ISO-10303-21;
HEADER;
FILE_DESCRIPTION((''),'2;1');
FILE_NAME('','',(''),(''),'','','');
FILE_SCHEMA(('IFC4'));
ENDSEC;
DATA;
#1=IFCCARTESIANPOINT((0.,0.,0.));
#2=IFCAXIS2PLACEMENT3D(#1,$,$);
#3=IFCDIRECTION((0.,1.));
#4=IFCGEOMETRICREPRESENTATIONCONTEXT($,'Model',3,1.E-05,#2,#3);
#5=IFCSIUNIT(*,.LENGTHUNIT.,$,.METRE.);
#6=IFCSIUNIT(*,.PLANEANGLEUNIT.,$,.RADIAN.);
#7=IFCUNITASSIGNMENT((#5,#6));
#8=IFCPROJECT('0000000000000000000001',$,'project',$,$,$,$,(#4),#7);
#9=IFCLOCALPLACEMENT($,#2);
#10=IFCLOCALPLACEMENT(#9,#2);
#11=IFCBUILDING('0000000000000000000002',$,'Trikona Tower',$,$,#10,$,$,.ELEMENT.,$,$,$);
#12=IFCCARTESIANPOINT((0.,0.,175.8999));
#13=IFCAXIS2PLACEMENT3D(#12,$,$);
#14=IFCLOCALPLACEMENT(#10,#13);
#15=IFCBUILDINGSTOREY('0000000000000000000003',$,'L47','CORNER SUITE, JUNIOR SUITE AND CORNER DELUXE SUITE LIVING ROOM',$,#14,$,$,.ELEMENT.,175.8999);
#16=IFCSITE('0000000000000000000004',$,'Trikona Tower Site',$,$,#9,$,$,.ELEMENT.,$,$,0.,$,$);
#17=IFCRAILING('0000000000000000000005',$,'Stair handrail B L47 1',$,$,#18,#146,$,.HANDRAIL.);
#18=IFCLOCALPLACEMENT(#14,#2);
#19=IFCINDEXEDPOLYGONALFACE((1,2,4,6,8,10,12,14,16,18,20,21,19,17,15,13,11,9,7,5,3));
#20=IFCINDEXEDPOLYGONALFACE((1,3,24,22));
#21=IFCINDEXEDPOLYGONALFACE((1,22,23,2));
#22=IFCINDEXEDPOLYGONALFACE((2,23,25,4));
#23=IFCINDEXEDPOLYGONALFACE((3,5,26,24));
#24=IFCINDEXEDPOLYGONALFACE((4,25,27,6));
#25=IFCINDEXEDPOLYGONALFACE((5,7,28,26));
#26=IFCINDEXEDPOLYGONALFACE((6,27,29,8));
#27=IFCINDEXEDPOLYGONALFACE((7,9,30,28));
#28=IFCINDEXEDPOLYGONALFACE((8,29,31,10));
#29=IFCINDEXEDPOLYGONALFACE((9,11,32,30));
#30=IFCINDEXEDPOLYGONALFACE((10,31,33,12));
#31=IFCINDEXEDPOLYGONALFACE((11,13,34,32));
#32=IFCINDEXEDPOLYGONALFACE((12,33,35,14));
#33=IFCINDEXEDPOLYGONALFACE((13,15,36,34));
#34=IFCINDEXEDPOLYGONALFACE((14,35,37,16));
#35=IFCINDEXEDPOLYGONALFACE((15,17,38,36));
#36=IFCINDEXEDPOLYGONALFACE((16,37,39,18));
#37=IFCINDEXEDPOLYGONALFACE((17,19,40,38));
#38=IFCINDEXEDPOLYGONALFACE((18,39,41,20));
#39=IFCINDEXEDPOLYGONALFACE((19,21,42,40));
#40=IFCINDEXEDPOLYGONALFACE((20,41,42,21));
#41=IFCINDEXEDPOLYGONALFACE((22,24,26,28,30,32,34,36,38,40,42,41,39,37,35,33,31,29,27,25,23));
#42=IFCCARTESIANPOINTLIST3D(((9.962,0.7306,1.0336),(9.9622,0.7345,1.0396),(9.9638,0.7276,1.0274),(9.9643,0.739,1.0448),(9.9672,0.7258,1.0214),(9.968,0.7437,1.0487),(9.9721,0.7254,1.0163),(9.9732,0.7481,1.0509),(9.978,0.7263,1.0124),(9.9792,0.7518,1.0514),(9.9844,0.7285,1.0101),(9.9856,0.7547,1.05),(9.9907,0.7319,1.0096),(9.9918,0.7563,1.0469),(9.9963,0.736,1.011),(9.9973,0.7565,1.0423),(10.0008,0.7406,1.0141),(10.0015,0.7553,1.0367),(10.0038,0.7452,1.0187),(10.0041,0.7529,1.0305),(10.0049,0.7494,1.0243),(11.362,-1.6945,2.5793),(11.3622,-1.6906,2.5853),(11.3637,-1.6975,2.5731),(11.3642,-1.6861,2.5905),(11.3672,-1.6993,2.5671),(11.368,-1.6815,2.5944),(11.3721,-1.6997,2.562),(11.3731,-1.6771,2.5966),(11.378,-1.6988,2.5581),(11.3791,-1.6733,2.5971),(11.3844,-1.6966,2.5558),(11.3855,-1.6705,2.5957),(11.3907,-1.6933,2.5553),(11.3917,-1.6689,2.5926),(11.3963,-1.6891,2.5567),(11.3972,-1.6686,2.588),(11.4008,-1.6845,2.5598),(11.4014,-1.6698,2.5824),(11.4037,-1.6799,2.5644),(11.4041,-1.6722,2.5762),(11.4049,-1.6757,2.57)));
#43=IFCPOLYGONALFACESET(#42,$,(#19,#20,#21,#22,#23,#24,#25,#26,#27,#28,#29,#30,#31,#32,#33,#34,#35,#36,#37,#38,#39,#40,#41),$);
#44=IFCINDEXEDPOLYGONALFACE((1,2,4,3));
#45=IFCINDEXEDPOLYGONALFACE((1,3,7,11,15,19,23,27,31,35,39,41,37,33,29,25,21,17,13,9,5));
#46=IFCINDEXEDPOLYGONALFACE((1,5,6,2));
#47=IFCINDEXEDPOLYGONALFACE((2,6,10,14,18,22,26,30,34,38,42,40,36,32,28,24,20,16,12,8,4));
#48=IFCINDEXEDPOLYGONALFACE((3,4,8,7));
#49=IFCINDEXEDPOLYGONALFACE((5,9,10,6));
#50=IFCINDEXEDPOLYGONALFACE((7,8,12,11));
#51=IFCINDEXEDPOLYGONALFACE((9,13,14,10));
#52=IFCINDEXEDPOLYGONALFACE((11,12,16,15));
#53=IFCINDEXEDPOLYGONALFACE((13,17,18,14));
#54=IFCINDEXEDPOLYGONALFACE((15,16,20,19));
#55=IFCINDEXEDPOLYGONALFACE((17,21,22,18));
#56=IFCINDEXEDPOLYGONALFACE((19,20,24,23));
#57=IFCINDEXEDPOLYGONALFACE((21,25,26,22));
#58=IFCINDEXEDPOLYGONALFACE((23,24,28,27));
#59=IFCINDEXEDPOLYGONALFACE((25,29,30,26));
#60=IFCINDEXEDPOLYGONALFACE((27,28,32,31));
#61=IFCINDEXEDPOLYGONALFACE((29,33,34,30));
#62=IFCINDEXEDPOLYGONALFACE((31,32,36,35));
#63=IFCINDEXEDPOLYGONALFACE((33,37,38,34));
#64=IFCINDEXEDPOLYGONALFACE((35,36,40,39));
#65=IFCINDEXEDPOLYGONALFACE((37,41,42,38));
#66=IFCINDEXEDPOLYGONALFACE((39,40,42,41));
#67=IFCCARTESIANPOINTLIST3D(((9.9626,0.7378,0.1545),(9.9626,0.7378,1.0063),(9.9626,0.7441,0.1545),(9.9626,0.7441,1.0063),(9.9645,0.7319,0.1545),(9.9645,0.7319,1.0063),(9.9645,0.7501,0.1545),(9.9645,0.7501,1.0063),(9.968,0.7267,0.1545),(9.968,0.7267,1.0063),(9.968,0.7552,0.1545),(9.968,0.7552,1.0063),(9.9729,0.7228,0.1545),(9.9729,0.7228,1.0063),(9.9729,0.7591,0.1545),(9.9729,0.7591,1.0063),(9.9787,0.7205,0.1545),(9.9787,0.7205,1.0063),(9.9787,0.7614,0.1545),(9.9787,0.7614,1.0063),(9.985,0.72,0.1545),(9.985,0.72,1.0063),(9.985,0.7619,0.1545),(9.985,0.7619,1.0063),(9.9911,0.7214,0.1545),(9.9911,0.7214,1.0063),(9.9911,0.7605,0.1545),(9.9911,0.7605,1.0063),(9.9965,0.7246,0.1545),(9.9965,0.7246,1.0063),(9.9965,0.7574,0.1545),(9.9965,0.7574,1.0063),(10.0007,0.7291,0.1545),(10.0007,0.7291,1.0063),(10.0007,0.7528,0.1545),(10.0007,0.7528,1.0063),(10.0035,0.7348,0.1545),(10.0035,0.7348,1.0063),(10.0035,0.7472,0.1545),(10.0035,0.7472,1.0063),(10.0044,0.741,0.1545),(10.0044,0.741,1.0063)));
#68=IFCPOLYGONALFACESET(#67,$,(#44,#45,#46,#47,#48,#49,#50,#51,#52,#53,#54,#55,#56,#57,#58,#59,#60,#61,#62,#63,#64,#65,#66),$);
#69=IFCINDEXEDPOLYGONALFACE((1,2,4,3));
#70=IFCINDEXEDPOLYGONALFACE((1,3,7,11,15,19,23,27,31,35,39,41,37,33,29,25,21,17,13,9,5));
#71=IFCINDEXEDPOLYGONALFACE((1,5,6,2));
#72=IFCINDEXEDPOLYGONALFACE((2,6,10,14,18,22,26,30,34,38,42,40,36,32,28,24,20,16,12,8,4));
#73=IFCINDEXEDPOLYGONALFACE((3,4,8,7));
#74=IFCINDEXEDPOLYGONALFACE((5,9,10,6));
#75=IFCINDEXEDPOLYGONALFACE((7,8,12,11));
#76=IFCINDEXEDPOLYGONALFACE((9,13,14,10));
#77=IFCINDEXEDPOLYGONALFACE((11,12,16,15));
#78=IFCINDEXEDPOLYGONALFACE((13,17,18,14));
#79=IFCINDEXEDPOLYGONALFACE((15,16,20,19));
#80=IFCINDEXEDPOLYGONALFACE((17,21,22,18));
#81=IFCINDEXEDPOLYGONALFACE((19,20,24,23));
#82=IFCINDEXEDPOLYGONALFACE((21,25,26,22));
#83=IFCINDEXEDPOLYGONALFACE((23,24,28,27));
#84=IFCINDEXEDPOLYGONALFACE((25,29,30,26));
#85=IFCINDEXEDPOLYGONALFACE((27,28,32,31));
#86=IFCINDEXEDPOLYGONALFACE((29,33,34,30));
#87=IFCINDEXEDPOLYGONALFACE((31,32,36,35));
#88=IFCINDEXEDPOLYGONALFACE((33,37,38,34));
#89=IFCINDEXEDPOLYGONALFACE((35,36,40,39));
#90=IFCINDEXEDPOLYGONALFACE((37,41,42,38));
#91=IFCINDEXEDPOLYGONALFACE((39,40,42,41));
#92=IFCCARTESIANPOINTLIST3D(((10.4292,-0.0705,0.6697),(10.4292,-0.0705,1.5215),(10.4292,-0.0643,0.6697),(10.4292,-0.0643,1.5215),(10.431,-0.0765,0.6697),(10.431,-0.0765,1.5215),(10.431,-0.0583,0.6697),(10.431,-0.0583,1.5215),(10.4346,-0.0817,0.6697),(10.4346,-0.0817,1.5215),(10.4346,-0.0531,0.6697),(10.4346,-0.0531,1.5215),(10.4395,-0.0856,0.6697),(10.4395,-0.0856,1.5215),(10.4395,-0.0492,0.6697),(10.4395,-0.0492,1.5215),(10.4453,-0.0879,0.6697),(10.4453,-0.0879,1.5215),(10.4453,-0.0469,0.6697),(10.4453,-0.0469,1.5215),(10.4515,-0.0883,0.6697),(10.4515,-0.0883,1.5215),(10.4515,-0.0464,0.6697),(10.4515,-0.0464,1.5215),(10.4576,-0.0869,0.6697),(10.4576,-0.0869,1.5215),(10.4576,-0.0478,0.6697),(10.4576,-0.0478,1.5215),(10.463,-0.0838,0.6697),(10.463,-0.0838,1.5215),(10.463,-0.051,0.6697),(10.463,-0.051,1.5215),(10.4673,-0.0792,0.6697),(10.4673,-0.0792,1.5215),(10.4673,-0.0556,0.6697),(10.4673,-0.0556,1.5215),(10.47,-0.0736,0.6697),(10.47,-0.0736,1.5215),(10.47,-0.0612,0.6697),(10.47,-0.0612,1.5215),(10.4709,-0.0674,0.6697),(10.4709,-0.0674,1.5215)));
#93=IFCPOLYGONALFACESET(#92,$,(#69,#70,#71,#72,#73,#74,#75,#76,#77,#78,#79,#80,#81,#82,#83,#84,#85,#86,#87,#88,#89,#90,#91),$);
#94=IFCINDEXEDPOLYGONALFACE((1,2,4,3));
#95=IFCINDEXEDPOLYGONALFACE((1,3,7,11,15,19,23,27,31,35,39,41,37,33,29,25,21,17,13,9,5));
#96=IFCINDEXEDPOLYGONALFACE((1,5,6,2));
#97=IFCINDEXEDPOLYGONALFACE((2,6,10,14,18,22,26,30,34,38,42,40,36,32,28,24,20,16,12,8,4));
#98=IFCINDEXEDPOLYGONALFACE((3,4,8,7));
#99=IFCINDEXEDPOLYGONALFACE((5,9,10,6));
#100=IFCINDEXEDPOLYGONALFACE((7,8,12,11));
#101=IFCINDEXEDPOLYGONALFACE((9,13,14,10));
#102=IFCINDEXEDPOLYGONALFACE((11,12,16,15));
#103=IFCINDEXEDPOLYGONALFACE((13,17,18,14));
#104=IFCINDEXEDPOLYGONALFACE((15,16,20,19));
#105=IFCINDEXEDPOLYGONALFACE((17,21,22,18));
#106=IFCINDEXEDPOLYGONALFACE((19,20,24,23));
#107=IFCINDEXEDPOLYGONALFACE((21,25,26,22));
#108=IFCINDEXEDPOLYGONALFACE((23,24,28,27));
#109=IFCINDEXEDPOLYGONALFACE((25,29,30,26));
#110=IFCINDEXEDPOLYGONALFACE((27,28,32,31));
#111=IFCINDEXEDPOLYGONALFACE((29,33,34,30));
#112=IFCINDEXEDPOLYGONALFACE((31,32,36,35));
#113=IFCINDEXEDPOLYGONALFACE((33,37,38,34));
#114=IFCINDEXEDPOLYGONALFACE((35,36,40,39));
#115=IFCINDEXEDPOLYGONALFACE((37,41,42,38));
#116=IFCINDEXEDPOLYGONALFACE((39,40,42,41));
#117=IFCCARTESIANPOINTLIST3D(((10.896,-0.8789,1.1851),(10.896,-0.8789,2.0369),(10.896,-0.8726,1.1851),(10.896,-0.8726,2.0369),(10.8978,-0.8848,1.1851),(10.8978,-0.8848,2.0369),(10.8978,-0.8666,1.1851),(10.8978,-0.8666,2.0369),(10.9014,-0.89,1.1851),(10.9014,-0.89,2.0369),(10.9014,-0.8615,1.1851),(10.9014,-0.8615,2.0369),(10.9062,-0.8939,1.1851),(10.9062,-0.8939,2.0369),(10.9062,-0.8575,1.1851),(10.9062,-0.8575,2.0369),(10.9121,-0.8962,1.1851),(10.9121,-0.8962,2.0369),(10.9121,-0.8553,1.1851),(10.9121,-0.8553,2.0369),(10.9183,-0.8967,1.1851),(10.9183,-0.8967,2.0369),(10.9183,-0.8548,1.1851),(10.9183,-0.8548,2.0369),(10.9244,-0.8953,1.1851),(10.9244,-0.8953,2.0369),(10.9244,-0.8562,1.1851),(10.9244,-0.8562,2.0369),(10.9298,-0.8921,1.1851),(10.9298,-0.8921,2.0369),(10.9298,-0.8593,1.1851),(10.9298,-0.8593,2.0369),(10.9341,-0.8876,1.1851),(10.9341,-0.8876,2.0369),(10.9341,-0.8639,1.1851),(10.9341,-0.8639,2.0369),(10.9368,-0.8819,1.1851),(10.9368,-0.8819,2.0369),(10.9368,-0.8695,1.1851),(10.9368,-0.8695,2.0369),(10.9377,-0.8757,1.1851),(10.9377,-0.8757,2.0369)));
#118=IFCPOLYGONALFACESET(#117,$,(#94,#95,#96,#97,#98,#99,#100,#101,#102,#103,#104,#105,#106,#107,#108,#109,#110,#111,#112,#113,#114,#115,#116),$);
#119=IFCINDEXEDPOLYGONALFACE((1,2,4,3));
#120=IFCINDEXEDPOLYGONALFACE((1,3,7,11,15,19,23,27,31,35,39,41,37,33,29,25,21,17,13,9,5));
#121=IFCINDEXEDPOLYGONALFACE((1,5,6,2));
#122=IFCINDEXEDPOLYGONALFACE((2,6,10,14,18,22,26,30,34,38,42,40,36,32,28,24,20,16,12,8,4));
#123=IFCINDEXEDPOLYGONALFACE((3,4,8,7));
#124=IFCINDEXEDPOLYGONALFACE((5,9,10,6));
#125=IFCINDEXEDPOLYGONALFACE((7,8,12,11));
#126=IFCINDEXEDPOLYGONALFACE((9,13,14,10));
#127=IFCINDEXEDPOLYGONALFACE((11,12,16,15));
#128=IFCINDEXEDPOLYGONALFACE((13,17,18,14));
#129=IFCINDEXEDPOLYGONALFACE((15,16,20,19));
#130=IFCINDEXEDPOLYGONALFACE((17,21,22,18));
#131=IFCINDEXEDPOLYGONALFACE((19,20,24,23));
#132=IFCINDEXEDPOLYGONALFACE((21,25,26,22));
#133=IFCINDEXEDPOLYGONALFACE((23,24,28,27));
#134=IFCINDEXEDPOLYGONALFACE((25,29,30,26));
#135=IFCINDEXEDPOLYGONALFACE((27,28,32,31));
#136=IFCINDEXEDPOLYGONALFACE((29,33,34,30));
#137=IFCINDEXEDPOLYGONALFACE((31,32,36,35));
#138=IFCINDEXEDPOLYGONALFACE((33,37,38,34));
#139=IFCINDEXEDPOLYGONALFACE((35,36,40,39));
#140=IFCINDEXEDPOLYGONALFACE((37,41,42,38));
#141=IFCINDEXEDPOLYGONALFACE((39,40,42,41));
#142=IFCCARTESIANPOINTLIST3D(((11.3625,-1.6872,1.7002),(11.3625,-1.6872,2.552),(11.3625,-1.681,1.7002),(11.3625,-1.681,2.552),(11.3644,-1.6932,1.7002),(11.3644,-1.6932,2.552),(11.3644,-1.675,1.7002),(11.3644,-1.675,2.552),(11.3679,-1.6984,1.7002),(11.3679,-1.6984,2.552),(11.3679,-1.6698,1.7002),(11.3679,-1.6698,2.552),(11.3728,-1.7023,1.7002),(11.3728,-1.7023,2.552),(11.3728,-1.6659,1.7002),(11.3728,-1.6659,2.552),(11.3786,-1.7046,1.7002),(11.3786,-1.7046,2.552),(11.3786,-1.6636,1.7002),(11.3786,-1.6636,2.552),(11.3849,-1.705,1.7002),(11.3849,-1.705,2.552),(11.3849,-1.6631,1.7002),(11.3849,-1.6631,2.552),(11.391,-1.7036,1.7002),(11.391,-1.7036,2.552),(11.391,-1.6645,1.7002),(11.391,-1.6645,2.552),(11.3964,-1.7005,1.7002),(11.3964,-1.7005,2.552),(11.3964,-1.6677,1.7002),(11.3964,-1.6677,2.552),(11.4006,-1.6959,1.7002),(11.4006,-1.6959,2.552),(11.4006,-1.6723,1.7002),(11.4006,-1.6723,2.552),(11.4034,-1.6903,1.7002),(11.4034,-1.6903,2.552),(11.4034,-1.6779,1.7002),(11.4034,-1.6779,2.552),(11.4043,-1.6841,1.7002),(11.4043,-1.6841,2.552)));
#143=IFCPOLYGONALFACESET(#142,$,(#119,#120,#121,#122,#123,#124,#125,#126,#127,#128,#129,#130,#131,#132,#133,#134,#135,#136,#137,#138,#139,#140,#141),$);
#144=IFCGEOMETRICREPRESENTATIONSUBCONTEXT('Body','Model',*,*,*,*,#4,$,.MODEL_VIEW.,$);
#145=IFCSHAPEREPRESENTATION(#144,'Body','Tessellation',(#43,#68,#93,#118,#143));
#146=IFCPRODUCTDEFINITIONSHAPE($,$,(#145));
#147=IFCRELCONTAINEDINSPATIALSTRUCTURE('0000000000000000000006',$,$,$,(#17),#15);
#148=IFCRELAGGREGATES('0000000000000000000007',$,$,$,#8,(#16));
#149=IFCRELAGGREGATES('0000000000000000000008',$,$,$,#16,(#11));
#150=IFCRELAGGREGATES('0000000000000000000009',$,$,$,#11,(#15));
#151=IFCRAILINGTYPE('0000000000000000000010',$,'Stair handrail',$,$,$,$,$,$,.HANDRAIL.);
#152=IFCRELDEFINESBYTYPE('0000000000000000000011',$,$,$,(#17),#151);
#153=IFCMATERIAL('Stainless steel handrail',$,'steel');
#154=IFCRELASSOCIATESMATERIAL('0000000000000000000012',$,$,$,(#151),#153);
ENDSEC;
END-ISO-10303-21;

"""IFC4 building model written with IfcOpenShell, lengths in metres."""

from ifc_helpers import new_model, si_unit, direction, frame, origin, origin_2d, place, context, subcontext, project, spatial, circle, extrude, material, type_object, element, save


model = new_model("IFC4")

# Units and contexts
model_context = context("Model", 3, precision=1e-05, world=origin(), true_north=direction((0.0, 1.0)))
body_context = subcontext(model_context, "Body", "Model", "MODEL_VIEW")
ifc_project = project(units=[si_unit("LENGTHUNIT", "METRE"), si_unit("PLANEANGLEUNIT", "RADIAN")], contexts=[model_context])

# Site, building, storey
site_placement = place(None, origin())
site = spatial("IfcSite", under=ifc_project, at=site_placement, Name="Trikona Tower Site", CompositionType="ELEMENT", RefElevation=0.0)
building_placement = place(site_placement, origin())
building = spatial("IfcBuilding", under=site, at=building_placement, Name="Trikona Tower", CompositionType="ELEMENT")
storey_placement = place(building_placement, frame((0.0, 0.0, 175.8999)))
storey = spatial("IfcBuildingStorey", under=building, at=storey_placement, Name="L47", Description="CORNER SUITE, JUNIOR SUITE AND CORNER DELUXE SUITE LIVING ROOM", CompositionType="ELEMENT", Elevation=175.8999)

# Railing
ifc_material_1 = material(Name="Stainless steel handrail", Category="steel")
railing_type = type_object("IfcRailingType", Name="Stair handrail", PredefinedType="HANDRAIL", material=ifc_material_1)
railing_placement = place(storey_placement, frame((9.9834, 0.741, 0.1545)))
element("IfcRailing", 1, at=railing_placement, inside=storey, type_object=railing_type, Name="Stair handrail B L47 1", PredefinedType="HANDRAIL", context=body_context, shape_type="SweptSolid", body=[
    extrude(circle(Radius=0.0239, at=origin_2d()), frame((0.0, 0.0, 0.876), z_axis=(0.437691, -0.758212, 0.483262), x_axis=(0.866056, 0.499946, 0.0)), (0.0, 0.0, 1.0), 3.1985),
    extrude(circle(Radius=0.021, at=origin_2d()), origin(), (0.0, 0.0, 1.0), 0.8518),
    extrude(circle(Radius=0.021, at=origin_2d()), frame((0.4666, -0.8083, 0.5151)), (0.0, 0.0, 1.0), 0.8518),
    extrude(circle(Radius=0.021, at=origin_2d()), frame((0.9333, -1.6167, 1.0305)), (0.0, 0.0, 1.0), 0.8518),
    extrude(circle(Radius=0.021, at=origin_2d()), frame((1.3999, -2.425, 1.5457)), (0.0, 0.0, 1.0), 0.8518),
])

save(model, "model.ifc")
